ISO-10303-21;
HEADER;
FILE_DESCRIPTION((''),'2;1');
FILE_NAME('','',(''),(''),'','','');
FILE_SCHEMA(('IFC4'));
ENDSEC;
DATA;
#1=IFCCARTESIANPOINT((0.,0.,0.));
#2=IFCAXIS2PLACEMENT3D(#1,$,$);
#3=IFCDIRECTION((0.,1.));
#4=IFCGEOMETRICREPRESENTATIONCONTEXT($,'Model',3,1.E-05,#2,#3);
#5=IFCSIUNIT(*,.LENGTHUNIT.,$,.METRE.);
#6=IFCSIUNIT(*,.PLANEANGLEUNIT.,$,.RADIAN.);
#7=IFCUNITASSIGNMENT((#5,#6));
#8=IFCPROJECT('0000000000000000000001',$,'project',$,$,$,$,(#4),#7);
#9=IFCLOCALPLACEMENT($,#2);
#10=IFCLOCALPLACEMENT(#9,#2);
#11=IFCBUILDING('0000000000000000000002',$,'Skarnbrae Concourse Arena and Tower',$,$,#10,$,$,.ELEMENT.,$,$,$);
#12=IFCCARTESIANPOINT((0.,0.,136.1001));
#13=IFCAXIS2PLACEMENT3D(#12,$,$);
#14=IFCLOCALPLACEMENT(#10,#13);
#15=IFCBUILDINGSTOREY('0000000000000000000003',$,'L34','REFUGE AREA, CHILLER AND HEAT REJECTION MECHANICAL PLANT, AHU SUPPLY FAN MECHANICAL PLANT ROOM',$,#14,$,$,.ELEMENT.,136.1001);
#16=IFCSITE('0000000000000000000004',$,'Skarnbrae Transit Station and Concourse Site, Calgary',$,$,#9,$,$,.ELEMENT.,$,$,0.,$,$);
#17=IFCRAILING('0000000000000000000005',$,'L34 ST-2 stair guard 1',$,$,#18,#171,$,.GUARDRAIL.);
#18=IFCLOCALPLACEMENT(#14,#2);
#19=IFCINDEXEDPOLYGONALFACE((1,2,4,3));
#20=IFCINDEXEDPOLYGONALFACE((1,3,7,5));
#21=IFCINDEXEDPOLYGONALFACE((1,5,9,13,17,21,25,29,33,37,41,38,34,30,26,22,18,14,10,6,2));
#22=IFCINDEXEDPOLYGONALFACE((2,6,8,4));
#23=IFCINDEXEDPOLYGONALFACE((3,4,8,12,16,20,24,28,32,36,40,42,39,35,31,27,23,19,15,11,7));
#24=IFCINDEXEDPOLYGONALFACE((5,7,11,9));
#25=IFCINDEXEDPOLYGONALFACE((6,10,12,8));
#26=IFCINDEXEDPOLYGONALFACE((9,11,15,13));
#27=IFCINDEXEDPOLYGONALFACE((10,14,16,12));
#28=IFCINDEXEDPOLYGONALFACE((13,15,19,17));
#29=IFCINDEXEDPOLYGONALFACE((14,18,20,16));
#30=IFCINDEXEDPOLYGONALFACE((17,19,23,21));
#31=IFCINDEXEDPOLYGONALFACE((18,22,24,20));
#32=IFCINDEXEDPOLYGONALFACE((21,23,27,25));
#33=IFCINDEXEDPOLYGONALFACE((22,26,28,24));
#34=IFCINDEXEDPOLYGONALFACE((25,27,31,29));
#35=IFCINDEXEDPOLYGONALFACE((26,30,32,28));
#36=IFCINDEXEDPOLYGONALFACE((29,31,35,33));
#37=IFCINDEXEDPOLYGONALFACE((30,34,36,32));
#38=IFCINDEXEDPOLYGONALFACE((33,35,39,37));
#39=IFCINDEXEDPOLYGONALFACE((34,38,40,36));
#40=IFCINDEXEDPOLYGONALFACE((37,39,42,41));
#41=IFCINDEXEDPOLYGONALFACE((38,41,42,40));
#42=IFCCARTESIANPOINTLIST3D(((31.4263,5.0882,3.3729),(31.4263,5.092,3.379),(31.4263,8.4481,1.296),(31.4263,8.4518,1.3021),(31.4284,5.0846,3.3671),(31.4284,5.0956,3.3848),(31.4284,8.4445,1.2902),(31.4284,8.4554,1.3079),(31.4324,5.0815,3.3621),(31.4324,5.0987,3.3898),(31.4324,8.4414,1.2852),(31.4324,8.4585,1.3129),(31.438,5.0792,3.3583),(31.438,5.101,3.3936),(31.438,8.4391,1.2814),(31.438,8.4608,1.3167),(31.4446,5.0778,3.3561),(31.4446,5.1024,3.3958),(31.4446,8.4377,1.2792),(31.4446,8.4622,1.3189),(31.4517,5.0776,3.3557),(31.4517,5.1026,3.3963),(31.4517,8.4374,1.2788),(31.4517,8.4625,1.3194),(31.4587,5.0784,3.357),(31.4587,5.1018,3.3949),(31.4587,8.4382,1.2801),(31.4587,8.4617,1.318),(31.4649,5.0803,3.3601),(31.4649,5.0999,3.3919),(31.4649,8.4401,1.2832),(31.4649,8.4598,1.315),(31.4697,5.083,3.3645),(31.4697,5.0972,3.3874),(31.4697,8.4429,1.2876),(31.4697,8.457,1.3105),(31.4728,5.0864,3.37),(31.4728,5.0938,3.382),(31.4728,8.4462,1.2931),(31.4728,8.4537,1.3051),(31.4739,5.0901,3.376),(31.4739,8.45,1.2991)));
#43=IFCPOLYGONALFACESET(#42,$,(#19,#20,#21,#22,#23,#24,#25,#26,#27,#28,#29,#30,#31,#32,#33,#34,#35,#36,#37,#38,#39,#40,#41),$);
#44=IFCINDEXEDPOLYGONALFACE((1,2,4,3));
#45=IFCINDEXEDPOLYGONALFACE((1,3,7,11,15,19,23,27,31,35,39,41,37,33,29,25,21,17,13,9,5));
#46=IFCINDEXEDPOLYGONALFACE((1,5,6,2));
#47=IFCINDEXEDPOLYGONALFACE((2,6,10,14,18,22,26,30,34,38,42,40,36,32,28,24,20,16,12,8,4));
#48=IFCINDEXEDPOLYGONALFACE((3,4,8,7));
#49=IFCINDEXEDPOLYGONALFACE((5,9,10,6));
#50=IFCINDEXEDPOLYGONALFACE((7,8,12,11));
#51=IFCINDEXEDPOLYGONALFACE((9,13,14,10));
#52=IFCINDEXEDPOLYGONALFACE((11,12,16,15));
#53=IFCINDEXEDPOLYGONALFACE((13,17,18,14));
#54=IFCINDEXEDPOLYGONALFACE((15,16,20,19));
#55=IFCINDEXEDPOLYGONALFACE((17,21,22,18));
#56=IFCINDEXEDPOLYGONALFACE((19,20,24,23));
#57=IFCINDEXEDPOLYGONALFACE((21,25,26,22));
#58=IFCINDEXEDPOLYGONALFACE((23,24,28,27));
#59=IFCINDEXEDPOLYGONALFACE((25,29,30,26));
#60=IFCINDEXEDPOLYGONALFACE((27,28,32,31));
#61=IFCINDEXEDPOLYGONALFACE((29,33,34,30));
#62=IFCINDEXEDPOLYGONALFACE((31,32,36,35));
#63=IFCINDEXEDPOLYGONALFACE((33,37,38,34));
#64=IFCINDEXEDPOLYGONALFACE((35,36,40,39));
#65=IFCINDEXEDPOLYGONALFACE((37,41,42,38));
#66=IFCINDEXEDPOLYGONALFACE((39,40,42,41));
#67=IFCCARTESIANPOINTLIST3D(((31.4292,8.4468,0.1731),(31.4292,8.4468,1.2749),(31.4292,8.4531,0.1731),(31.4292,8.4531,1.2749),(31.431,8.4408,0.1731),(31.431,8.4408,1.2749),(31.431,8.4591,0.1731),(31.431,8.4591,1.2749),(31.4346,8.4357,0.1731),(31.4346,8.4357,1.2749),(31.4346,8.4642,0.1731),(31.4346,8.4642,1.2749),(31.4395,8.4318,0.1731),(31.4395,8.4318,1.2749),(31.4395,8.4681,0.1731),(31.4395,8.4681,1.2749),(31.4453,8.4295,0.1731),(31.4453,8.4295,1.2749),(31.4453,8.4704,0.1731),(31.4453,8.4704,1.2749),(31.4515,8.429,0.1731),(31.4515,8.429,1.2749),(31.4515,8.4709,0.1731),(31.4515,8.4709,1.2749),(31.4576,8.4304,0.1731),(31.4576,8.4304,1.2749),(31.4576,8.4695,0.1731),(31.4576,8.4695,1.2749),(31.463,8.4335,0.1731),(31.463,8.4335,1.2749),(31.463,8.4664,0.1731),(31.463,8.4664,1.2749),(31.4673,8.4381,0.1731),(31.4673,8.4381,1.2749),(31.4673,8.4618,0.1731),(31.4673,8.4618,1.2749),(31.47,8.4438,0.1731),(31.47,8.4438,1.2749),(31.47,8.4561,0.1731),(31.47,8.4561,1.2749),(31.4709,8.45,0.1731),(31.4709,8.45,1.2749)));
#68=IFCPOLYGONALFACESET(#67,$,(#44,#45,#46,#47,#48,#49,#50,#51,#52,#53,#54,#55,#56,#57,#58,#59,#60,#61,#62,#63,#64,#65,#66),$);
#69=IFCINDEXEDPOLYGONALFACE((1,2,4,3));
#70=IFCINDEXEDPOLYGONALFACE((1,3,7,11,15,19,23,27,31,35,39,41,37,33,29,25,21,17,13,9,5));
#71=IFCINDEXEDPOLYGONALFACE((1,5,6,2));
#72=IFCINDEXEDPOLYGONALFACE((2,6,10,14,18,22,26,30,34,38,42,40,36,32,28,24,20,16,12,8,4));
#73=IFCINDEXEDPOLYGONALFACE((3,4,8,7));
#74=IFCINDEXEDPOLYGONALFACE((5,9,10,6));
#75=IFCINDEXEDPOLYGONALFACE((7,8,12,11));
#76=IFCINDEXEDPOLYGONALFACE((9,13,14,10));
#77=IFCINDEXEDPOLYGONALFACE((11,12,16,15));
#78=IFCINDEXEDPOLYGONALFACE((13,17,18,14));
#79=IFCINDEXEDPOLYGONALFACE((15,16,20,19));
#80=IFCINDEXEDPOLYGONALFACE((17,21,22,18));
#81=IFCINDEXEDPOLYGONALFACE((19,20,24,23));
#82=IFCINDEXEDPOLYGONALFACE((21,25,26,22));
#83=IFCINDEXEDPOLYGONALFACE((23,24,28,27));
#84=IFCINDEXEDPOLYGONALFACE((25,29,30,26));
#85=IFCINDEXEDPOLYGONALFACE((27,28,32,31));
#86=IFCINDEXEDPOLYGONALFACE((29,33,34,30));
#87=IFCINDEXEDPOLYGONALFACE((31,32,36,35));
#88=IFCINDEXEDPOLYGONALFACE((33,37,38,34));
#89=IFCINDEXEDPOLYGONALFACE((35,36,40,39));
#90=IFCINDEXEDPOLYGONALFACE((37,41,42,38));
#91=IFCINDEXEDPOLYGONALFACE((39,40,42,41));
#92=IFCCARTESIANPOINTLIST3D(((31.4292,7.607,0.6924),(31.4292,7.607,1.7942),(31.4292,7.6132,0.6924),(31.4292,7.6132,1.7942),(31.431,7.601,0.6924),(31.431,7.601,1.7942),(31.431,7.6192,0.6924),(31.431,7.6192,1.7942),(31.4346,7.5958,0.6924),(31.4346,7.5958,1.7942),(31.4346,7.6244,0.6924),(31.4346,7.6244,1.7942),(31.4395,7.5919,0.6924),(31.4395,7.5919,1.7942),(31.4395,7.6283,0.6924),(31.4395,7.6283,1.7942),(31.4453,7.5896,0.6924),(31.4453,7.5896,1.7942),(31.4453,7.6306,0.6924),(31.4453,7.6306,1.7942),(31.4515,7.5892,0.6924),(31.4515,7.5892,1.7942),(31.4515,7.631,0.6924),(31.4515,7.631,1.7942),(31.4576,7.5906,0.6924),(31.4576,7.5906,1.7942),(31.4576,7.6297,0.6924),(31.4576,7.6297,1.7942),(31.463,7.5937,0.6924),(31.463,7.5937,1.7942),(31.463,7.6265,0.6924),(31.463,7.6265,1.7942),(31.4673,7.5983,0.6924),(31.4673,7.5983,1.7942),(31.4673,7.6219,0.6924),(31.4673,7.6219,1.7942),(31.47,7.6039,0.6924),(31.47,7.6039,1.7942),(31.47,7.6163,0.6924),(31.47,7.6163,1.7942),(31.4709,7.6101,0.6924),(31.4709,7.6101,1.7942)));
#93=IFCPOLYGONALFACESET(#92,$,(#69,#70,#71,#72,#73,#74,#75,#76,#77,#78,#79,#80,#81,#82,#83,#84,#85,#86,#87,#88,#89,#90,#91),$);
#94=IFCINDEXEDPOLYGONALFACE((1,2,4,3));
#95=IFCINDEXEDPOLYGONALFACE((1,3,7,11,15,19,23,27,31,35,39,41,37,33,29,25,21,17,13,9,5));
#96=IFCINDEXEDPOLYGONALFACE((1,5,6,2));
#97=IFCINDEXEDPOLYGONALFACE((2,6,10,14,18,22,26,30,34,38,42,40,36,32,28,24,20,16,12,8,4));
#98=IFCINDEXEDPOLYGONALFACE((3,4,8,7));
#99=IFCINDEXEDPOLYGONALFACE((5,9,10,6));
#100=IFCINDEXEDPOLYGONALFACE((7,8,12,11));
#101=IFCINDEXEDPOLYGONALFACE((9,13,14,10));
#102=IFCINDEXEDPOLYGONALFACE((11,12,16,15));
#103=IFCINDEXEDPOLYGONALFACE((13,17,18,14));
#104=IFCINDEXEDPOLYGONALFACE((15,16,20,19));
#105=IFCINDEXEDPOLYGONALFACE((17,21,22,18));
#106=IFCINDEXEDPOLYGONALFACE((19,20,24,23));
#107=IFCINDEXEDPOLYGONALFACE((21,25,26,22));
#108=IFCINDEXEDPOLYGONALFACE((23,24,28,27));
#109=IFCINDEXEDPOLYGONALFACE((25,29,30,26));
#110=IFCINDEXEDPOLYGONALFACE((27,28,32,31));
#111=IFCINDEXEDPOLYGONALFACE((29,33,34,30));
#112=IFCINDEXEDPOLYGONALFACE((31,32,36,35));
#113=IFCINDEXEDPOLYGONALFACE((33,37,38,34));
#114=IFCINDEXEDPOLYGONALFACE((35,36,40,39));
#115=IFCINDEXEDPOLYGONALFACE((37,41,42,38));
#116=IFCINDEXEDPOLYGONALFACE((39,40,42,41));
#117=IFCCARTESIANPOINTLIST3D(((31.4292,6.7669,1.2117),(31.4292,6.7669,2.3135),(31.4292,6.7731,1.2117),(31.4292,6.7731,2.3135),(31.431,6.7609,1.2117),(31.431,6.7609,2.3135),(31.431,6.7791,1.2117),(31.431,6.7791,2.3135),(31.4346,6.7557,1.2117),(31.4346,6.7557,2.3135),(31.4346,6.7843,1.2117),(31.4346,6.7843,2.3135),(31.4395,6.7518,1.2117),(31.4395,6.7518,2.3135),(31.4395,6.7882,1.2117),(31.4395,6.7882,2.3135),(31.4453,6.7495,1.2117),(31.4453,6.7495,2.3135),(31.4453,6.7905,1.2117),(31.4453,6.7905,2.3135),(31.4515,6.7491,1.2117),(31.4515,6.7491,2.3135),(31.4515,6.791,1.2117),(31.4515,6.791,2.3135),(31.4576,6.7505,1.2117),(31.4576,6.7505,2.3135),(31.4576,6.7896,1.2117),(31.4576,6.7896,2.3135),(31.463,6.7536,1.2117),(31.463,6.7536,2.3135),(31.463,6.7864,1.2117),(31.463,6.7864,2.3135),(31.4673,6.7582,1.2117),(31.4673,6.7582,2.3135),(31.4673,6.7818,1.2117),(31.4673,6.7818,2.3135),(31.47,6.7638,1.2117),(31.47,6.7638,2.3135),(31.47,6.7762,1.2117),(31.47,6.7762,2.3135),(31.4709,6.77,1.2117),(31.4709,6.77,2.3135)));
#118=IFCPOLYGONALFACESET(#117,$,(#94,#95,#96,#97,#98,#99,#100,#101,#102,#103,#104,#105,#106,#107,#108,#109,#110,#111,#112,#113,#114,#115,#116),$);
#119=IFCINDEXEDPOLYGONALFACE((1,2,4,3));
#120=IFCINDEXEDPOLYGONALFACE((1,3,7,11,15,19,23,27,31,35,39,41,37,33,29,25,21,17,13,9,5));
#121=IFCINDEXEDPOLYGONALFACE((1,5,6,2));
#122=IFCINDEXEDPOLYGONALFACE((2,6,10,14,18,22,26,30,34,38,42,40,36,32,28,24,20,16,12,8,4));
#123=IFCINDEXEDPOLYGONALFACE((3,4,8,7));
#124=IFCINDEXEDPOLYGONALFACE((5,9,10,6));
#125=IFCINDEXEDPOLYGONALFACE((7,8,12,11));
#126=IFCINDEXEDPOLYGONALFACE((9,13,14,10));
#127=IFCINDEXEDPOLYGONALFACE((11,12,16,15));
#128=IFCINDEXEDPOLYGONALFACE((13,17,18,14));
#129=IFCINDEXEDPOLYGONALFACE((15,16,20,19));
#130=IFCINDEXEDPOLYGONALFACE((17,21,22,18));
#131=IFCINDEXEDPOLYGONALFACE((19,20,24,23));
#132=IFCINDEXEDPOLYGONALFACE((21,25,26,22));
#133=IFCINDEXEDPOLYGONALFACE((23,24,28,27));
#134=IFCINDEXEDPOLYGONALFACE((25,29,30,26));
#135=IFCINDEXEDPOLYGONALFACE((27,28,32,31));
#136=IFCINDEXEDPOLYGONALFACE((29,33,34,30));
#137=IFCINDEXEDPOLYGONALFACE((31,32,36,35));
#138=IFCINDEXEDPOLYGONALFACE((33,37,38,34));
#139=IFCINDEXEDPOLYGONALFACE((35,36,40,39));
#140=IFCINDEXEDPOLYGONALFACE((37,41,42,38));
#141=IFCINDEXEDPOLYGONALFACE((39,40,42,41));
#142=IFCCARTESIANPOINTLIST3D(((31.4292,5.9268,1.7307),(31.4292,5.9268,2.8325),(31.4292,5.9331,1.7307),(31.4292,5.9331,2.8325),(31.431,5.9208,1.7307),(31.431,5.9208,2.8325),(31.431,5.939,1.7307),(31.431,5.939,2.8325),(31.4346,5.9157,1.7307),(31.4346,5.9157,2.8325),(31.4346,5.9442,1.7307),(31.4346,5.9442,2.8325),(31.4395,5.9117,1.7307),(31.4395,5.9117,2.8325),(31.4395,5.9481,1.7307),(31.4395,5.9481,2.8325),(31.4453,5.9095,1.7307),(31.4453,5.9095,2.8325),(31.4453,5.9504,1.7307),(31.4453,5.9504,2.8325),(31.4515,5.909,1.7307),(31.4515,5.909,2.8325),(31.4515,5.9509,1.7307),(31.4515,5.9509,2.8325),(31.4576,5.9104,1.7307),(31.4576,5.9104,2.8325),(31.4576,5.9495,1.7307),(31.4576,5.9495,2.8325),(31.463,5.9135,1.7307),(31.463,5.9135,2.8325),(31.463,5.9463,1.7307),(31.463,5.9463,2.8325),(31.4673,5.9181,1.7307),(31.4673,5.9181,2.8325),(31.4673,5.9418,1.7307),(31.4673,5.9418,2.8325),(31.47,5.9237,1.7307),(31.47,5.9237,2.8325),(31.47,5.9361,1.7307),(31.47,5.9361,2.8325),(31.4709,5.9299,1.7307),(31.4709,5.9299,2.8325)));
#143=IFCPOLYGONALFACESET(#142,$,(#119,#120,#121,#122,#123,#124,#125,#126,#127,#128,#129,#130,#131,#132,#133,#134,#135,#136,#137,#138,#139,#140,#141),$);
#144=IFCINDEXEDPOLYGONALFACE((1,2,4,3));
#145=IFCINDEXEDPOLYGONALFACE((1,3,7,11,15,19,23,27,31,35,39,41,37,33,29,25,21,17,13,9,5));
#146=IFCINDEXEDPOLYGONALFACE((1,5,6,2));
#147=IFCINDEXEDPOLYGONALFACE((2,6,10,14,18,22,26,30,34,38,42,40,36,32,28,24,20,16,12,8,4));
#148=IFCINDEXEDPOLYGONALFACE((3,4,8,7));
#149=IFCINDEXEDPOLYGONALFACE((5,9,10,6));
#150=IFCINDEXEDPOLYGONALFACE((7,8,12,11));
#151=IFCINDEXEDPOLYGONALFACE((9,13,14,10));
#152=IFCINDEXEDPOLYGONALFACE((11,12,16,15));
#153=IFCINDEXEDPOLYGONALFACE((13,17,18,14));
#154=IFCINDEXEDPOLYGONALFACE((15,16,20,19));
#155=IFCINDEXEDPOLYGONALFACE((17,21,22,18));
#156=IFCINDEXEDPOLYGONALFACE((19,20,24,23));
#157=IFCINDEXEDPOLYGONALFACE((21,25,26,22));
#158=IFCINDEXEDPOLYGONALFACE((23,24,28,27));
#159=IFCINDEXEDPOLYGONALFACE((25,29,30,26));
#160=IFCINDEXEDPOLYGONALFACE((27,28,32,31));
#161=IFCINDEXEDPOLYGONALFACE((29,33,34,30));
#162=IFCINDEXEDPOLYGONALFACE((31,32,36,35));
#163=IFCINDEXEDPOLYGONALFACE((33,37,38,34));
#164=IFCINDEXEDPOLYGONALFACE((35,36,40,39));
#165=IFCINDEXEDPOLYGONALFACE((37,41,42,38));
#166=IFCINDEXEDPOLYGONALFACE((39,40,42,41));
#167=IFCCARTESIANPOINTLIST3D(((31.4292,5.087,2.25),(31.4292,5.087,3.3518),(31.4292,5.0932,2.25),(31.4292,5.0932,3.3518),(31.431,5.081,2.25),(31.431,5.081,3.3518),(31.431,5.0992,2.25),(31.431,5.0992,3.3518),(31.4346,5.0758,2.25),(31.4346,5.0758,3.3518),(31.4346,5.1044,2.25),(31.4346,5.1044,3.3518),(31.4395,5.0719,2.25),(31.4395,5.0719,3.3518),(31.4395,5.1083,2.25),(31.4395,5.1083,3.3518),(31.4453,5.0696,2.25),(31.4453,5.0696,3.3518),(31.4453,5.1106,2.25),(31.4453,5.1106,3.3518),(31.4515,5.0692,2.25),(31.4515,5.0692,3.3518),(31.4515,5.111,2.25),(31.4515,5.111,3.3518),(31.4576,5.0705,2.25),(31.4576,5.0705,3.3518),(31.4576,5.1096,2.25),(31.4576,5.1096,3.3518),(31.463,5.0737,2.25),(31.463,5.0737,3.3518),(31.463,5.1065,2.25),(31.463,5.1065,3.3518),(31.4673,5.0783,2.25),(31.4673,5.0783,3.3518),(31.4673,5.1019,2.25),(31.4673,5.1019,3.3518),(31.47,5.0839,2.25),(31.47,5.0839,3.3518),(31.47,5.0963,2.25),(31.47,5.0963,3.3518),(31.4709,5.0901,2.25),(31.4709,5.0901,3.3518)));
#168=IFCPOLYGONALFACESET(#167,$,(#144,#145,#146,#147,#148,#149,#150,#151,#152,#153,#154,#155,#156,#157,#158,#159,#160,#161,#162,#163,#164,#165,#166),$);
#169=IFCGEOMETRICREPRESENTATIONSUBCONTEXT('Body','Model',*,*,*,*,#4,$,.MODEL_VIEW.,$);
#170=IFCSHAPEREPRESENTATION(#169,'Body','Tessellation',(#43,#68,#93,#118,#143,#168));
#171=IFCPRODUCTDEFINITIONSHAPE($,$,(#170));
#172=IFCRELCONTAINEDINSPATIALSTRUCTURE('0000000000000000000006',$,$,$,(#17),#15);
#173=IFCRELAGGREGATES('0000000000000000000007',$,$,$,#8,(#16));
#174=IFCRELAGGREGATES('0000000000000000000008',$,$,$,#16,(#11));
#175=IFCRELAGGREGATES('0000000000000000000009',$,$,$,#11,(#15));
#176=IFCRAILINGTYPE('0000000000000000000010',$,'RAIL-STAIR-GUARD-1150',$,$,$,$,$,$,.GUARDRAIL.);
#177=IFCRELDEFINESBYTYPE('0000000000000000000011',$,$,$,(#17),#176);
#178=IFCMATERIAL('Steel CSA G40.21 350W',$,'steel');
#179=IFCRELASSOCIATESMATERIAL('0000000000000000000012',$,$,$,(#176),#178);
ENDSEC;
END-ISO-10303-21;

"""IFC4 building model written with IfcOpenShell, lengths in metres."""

from ifc_helpers import new_model, si_unit, direction, frame, origin, origin_2d, place, context, subcontext, project, spatial, circle, extrude, material, type_object, element, save


model = new_model("IFC4")

# Units and contexts
model_context = context("Model", 3, precision=1e-05, world=origin(), true_north=direction((0.0, 1.0)))
body_context = subcontext(model_context, "Body", "Model", "MODEL_VIEW")
ifc_project = project(units=[si_unit("LENGTHUNIT", "METRE"), si_unit("PLANEANGLEUNIT", "RADIAN")], contexts=[model_context])

# Site, building, storey
site_placement = place(None, origin())
site = spatial("IfcSite", under=ifc_project, at=site_placement, Name="Skarnbrae Transit Station and Concourse Site, Calgary", CompositionType="ELEMENT", RefElevation=0.0)
building_placement = place(site_placement, origin())
building = spatial("IfcBuilding", under=site, at=building_placement, Name="Skarnbrae Concourse Arena and Tower", CompositionType="ELEMENT")
storey_placement = place(building_placement, frame((0.0, 0.0, 136.1001)))
storey = spatial("IfcBuildingStorey", under=building, at=storey_placement, Name="L34", Description="REFUGE AREA, CHILLER AND HEAT REJECTION MECHANICAL PLANT, AHU SUPPLY FAN MECHANICAL PLANT ROOM", CompositionType="ELEMENT", Elevation=136.1001)

# Shared definitions
ifc_material_1 = material(Name="Steel CSA G40.21 350W", Category="steel")

# Railing
railing_type_1 = type_object("IfcRailingType", Name="RAIL-STAIR-GUARD-1150", PredefinedType="GUARDRAIL", material=ifc_material_1)
railing_1_placement = place(storey_placement, frame((31.45, 8.45, 0.1731)))
element("IfcRailing", 1, at=railing_1_placement, inside=storey, type_object=railing_type_1, Name="L34 ST-2 stair guard 1", PredefinedType="GUARDRAIL", context=body_context, shape_type="SweptSolid", body=[
    extrude(circle(Radius=0.0239, at=origin_2d()), frame((0.0, 0.0, 1.126), z_axis=(0.0, -0.850606, 0.525803), x_axis=(1.0, 0.0, 0.0)), (0.0, 0.0, 1.0), 3.95),
    extrude(circle(Radius=0.021, at=origin_2d()), origin(), (0.0, 0.0, 1.0), 1.1018),
    extrude(circle(Radius=0.021, at=origin_2d()), frame((0.0, -0.8398, 0.5193)), (0.0, 0.0, 1.0), 1.1018),
    extrude(circle(Radius=0.021, at=origin_2d()), frame((0.0, -1.6799, 1.0386)), (0.0, 0.0, 1.0), 1.1018),
    extrude(circle(Radius=0.021, at=origin_2d()), frame((0.0, -2.52, 1.5576)), (0.0, 0.0, 1.0), 1.1018),
    extrude(circle(Radius=0.021, at=origin_2d()), frame((0.0, -3.3599, 2.0769)), (0.0, 0.0, 1.0), 1.1018),
])

save(model, "model.ifc")
